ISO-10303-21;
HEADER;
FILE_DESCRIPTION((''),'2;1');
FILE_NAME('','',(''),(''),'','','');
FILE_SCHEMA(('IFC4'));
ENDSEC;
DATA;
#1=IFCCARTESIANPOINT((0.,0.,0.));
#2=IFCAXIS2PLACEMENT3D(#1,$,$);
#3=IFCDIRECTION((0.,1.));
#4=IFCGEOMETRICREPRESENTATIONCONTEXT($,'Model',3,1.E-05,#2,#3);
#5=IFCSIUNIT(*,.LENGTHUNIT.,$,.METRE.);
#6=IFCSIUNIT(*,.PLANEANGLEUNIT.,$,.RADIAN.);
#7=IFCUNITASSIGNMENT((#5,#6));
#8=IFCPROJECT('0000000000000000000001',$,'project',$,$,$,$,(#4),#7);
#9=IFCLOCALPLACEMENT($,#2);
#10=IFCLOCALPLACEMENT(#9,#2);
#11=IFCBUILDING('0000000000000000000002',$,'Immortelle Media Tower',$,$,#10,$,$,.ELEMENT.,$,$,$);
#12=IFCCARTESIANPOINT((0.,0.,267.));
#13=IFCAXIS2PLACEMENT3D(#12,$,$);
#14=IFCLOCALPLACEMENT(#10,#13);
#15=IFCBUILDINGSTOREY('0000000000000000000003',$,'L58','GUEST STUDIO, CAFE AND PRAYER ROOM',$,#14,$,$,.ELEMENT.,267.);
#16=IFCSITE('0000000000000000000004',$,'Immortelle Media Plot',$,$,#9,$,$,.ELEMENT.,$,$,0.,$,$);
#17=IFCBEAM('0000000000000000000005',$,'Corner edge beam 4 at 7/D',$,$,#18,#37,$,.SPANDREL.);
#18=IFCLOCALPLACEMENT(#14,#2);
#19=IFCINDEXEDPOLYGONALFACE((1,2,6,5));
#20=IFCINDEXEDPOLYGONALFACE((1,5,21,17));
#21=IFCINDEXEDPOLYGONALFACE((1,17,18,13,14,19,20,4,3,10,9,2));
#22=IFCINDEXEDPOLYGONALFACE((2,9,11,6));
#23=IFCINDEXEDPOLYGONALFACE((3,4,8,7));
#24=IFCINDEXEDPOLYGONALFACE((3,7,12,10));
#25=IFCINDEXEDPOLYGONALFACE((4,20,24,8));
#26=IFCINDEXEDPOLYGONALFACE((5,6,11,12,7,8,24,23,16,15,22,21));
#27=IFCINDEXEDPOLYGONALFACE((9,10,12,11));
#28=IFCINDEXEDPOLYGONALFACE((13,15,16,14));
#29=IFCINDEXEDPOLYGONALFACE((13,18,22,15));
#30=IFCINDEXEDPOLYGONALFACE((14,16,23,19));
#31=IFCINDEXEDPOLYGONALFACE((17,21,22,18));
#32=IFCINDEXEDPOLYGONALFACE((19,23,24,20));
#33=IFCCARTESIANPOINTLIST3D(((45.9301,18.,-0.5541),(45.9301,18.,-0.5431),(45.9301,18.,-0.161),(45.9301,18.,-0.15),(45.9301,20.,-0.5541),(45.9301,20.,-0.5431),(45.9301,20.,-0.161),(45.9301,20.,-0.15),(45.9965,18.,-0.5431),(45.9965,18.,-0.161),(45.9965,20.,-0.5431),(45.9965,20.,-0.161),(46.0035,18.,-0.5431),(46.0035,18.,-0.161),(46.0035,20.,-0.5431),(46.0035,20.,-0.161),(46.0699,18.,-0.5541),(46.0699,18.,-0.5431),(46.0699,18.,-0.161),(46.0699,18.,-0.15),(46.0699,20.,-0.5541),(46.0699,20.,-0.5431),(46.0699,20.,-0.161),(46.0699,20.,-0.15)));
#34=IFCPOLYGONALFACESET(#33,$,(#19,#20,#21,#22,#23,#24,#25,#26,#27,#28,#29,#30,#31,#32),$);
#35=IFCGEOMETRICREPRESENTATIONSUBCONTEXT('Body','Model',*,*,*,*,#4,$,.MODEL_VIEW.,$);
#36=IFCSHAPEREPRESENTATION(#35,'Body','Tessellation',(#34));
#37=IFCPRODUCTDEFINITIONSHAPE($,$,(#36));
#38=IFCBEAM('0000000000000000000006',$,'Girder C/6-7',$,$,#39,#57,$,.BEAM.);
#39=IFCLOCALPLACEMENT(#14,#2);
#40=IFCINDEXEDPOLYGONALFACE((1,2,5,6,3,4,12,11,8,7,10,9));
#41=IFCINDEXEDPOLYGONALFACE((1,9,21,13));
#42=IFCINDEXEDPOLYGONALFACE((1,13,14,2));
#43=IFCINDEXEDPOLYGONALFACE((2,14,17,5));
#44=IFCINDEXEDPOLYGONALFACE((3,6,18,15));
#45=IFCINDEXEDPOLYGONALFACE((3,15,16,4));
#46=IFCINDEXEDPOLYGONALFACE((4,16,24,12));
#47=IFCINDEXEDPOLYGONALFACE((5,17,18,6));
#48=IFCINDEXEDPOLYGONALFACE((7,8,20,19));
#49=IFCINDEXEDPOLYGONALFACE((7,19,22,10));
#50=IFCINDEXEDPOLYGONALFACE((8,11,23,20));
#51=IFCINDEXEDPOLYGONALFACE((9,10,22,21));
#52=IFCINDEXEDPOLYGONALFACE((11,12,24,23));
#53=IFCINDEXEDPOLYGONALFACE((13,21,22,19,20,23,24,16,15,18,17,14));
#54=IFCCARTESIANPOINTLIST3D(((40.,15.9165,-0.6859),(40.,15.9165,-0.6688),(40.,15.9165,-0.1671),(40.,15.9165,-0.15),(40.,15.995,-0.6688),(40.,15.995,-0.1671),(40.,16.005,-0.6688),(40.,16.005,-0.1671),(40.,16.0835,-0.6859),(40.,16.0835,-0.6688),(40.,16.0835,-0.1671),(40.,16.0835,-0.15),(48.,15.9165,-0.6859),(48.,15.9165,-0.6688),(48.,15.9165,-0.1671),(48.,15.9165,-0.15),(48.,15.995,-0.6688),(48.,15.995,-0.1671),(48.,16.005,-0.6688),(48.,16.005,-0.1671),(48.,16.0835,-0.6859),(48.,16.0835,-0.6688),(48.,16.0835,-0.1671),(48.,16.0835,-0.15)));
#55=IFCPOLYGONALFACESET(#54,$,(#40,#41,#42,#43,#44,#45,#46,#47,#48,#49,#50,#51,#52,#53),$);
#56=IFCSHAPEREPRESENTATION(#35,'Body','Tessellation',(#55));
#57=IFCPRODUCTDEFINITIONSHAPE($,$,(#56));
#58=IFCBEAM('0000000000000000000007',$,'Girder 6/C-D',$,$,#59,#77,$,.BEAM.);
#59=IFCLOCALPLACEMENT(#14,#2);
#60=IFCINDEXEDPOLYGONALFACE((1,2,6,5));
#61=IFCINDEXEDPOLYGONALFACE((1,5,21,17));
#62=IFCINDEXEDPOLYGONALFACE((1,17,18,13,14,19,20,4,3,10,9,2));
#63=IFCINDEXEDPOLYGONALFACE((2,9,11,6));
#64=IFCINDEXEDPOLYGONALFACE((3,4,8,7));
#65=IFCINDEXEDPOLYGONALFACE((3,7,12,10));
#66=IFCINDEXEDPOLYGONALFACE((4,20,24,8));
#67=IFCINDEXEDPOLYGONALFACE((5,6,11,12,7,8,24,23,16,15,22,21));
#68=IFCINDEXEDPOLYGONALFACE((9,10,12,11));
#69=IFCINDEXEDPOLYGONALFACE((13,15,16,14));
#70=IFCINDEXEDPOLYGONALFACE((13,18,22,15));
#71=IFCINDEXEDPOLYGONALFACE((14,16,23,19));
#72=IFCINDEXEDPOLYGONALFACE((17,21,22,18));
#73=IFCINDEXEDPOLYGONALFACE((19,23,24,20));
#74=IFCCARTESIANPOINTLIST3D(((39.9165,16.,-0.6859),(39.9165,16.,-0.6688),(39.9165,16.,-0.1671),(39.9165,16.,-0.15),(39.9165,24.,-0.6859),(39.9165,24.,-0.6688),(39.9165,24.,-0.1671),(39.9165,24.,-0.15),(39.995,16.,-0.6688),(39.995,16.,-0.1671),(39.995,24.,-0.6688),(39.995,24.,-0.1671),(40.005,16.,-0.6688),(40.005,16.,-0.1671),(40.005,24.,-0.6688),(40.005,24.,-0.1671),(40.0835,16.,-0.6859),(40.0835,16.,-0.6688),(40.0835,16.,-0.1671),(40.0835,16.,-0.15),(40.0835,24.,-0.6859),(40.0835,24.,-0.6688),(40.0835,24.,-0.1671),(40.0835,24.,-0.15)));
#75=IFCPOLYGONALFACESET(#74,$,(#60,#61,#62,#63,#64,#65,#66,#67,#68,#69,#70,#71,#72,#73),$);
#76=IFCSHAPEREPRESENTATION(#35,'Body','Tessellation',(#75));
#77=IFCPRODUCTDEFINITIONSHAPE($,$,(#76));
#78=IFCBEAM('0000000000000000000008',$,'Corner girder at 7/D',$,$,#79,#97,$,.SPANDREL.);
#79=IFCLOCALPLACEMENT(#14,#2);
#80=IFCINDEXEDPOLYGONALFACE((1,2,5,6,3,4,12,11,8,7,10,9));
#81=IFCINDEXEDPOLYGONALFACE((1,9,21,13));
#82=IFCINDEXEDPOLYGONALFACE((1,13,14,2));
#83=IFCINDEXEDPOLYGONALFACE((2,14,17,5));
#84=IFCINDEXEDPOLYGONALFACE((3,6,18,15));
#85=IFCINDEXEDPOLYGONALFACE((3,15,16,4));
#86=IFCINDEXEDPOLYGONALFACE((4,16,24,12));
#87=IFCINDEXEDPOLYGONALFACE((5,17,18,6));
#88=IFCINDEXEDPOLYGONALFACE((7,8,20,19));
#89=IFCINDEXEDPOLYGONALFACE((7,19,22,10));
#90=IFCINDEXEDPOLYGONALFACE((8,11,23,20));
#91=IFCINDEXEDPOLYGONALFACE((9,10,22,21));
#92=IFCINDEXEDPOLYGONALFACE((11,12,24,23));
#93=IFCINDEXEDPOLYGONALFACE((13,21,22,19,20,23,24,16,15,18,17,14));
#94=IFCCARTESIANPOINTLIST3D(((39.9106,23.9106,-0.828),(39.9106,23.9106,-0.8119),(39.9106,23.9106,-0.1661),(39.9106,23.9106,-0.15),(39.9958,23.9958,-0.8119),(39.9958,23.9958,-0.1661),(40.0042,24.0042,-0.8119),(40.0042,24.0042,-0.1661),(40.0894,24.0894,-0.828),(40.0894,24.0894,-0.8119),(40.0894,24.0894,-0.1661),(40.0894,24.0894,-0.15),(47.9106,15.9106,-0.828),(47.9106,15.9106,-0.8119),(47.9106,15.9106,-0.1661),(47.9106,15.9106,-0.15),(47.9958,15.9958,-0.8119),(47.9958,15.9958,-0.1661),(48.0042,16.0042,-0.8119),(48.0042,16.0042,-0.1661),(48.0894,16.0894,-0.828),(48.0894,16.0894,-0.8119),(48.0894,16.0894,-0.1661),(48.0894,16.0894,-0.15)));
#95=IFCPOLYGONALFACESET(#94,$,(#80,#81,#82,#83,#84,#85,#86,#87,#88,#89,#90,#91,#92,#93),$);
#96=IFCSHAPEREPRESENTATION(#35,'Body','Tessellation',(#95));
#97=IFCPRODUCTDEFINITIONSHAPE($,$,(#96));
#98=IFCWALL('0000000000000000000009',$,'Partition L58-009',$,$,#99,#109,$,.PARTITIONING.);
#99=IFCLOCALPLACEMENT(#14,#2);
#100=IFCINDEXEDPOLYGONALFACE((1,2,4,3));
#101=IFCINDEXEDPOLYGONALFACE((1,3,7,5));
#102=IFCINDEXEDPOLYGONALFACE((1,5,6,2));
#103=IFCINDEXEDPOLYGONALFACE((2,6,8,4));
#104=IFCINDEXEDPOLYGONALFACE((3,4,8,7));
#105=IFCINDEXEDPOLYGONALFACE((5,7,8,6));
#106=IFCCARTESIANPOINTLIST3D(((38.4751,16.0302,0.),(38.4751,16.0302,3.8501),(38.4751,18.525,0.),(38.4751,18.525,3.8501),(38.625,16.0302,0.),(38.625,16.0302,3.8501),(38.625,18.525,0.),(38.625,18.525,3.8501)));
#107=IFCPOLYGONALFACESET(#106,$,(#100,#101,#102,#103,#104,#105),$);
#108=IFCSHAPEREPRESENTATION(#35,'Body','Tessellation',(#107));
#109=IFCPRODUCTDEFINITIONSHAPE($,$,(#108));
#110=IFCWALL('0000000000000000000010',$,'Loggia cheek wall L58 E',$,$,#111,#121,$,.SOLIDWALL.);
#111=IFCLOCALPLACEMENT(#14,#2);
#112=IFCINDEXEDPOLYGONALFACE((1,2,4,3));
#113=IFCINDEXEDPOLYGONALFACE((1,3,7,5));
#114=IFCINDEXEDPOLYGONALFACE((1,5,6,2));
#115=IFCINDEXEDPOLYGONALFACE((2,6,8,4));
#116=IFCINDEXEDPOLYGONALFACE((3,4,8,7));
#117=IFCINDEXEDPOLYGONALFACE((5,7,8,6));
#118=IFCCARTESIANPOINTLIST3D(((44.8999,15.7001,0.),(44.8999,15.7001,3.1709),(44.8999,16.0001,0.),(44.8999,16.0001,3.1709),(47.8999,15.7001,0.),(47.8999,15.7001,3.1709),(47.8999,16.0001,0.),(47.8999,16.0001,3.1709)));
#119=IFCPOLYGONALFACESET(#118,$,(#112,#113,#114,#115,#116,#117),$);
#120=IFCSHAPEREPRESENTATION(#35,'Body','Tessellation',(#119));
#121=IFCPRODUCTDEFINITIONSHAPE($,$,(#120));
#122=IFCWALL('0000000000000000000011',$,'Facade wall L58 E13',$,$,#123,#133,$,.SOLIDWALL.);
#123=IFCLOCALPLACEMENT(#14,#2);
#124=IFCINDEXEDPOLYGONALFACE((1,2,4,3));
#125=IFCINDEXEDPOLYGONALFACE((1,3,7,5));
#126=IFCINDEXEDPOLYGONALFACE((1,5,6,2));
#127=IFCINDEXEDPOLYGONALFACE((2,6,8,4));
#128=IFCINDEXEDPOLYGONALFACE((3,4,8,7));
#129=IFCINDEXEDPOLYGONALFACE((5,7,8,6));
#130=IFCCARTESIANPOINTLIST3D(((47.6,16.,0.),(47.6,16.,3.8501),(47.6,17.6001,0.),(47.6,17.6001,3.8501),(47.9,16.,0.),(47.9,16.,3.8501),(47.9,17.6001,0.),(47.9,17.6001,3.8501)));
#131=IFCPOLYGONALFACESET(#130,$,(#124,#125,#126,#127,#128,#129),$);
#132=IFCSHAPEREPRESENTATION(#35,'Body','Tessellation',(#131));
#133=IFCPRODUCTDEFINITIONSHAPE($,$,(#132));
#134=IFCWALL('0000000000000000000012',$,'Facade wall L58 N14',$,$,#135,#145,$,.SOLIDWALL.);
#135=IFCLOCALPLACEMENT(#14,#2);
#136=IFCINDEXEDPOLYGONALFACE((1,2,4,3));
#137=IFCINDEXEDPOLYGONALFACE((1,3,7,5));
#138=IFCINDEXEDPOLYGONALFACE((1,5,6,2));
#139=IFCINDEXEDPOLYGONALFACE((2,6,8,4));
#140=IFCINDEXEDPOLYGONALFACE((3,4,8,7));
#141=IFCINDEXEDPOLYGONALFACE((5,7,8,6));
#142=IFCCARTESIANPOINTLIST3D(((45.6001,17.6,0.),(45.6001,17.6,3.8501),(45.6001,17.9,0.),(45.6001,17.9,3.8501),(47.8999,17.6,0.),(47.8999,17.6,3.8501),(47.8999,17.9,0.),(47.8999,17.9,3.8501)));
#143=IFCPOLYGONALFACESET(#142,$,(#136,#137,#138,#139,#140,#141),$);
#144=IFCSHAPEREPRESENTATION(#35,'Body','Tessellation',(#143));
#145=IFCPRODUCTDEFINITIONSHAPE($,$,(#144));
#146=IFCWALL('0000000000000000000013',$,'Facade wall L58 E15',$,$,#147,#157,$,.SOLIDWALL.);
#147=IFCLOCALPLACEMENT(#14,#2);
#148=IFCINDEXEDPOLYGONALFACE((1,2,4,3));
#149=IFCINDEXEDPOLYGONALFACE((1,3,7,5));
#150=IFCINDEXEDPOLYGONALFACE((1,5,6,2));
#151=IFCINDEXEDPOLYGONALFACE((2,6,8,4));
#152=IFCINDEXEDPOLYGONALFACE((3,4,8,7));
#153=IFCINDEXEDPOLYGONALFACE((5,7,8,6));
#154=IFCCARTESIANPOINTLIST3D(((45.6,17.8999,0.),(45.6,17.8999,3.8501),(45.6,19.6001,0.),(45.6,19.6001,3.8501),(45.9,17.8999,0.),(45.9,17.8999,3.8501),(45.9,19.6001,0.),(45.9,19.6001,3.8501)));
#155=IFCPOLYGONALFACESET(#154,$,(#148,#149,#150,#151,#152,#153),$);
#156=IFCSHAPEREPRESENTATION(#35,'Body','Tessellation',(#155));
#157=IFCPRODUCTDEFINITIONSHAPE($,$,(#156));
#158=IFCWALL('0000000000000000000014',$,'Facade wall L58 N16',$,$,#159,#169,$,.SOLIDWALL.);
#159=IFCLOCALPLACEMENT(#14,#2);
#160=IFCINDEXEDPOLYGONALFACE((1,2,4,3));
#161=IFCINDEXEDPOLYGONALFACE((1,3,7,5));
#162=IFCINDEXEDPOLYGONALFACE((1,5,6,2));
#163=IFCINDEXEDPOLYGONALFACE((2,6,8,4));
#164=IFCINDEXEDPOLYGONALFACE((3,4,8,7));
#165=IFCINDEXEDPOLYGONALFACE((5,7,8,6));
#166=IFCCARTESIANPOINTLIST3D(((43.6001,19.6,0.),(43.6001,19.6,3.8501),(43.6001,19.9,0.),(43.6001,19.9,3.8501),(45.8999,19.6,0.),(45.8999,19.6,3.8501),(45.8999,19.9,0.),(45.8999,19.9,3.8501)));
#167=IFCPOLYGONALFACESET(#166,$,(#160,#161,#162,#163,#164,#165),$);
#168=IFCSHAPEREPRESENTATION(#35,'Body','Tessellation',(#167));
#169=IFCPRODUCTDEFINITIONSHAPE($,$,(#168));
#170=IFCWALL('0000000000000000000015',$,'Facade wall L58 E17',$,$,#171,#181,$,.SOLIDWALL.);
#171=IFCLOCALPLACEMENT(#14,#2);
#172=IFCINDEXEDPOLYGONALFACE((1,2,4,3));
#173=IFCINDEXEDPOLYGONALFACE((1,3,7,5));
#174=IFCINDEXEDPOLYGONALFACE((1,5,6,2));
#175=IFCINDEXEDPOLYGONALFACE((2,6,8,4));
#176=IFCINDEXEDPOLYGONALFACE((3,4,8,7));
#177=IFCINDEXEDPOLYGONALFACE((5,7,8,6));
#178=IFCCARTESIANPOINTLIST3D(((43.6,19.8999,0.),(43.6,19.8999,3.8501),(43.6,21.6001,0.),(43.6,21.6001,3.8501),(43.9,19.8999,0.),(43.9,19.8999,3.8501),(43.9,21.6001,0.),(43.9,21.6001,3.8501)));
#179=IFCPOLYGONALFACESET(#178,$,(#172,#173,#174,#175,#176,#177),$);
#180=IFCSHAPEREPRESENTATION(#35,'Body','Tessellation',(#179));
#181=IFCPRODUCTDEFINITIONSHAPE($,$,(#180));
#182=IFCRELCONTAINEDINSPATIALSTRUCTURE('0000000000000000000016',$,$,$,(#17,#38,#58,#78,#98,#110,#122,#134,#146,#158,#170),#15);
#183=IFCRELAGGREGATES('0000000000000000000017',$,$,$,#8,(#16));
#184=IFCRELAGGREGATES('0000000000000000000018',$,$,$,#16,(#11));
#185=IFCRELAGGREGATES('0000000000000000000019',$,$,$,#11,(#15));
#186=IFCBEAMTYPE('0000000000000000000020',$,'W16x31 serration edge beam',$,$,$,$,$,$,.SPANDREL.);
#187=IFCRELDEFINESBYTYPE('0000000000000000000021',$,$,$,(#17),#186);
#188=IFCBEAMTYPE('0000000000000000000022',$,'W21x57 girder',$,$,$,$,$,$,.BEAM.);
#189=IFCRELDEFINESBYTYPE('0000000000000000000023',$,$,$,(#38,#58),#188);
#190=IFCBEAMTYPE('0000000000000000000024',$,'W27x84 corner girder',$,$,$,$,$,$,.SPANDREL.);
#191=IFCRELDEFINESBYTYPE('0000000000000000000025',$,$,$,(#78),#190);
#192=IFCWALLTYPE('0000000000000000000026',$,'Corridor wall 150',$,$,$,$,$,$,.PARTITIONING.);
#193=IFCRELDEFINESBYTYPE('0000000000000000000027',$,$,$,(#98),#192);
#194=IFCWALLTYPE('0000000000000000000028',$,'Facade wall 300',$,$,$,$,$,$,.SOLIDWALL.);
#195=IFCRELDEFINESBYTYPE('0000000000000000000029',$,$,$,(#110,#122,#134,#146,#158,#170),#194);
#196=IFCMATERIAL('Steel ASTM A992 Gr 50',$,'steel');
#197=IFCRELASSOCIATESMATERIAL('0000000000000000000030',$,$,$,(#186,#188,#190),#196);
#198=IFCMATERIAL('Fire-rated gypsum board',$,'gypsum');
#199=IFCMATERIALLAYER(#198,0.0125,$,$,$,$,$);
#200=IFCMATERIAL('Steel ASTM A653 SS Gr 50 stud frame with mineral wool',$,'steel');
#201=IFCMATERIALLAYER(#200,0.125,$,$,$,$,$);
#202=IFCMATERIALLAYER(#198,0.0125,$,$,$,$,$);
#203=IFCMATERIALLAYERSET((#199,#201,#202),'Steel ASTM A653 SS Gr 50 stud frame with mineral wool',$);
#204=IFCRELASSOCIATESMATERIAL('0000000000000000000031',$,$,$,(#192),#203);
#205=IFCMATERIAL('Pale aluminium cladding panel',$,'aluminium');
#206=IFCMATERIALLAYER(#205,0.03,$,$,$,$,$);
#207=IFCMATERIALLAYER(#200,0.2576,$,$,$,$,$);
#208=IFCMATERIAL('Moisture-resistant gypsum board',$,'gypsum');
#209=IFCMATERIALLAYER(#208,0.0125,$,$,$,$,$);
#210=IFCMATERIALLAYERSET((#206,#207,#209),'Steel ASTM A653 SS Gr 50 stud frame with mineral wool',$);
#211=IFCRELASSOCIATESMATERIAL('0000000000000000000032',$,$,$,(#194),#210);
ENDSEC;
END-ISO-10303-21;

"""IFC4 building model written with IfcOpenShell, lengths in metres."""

from ifc_helpers import new_model, si_unit, direction, frame, frame_2d, origin, origin_2d, place, context, subcontext, project, spatial, rectangle, i_section, extrude, material, layer, layer_set, material_profile, profile_set, type_object, element, save


model = new_model("IFC4")

# Units and contexts
model_context = context("Model", 3, precision=1e-05, world=origin(), true_north=direction((0.0, 1.0)))
body_context = subcontext(model_context, "Body", "Model", "MODEL_VIEW")
ifc_project = project(units=[si_unit("LENGTHUNIT", "METRE"), si_unit("PLANEANGLEUNIT", "RADIAN")], contexts=[model_context])

# Site, building, storey
site_placement = place(None, origin())
site = spatial("IfcSite", under=ifc_project, at=site_placement, Name="Immortelle Media Plot", CompositionType="ELEMENT", RefElevation=0.0)
building_placement = place(site_placement, origin())
building = spatial("IfcBuilding", under=site, at=building_placement, Name="Immortelle Media Tower", CompositionType="ELEMENT")
storey_placement = place(building_placement, frame((0.0, 0.0, 267.0)))
storey = spatial("IfcBuildingStorey", under=building, at=storey_placement, Name="L58", Description="GUEST STUDIO, CAFE AND PRAYER ROOM", CompositionType="ELEMENT", Elevation=267.0)

# Shared definitions
ifc_material_1 = material(Name="Steel ASTM A992 Gr 50", Category="steel")

# Beams
ifc_material_profile_1 = material_profile(ifc_material_1, i_section(OverallWidth=0.1399, OverallDepth=0.4041, WebThickness=0.0071, FlangeThickness=0.011, at=origin_2d()), Name="W16x31")
ifc_profile_set_1 = profile_set([ifc_material_profile_1], Name="Steel ASTM A992 Gr 50")
beam_type_1 = type_object("IfcBeamType", Name="W16x31 serration edge beam", PredefinedType="SPANDREL", material=ifc_profile_set_1)
for number, where, z_axis, x_axis, name in (
    (1, (46.0, 20.0, -0.3521), (0.0, -1.0, 0.0), (1.0, 0.0, 0.0), "Corner edge beam 4 at 7/D"),
):
    element("IfcBeam", number, at=place(storey_placement, frame(where, z_axis=z_axis, x_axis=x_axis)), inside=storey, type_object=beam_type_1, Name=name, PredefinedType="SPANDREL", context=body_context, shape_type="SweptSolid", body=[
        extrude(i_section(OverallWidth=0.1399, OverallDepth=0.4041, WebThickness=0.0071, FlangeThickness=0.011, at=origin_2d()), origin(), (0.0, 0.0, 1.0), 2.0),
    ])
ifc_material_profile_2 = material_profile(ifc_material_1, i_section(OverallWidth=0.167, OverallDepth=0.5359, WebThickness=0.01, FlangeThickness=0.0171, at=origin_2d()), Name="W21x57")
ifc_profile_set_2 = profile_set([ifc_material_profile_2], Name="Steel ASTM A992 Gr 50")
beam_type_2 = type_object("IfcBeamType", Name="W21x57 girder", PredefinedType="BEAM", material=ifc_profile_set_2)
for number, where, z_axis, x_axis, name in (
    (2, (40.0, 16.0, -0.418), (1.0, 0.0, 0.0), (0.0, 1.0, 0.0), "Girder C/6-7"),
    (3, (40.0, 16.0, -0.418), (0.0, 1.0, 0.0), (-1.0, 0.0, 0.0), "Girder 6/C-D"),
):
    element("IfcBeam", number, at=place(storey_placement, frame(where, z_axis=z_axis, x_axis=x_axis)), inside=storey, type_object=beam_type_2, Name=name, PredefinedType="BEAM", context=body_context, shape_type="SweptSolid", body=[
        extrude(i_section(OverallWidth=0.167, OverallDepth=0.5359, WebThickness=0.01, FlangeThickness=0.0171, at=origin_2d()), origin(), (0.0, 0.0, 1.0), 8.0),
    ])
ifc_material_profile_3 = material_profile(ifc_material_1, i_section(OverallWidth=0.2529, OverallDepth=0.678, WebThickness=0.012, FlangeThickness=0.0161, at=origin_2d()), Name="W27x84")
ifc_profile_set_3 = profile_set([ifc_material_profile_3], Name="Steel ASTM A992 Gr 50")
beam_type_3 = type_object("IfcBeamType", Name="W27x84 corner girder", PredefinedType="SPANDREL", material=ifc_profile_set_3)
beam_1_placement = place(storey_placement, frame((40.0, 24.0, -0.489), z_axis=(0.707107, -0.707107, 0.0), x_axis=(0.707107, 0.707107, 0.0)))
element("IfcBeam", 4, at=beam_1_placement, inside=storey, type_object=beam_type_3, Name="Corner girder at 7/D", PredefinedType="SPANDREL", context=body_context, shape_type="SweptSolid", body=[
    extrude(i_section(OverallWidth=0.2529, OverallDepth=0.678, WebThickness=0.012, FlangeThickness=0.0161, at=origin_2d()), origin(), (0.0, 0.0, 1.0), 11.3137),
])

# Walls
ifc_material_2 = material(Name="Fire-rated gypsum board", Category="gypsum")
ifc_layer_1 = layer(ifc_material_2, 0.0125)
ifc_material_3 = material(Name="Steel ASTM A653 SS Gr 50 stud frame with mineral wool", Category="steel")
ifc_layer_2 = layer(ifc_material_3, 0.125)
ifc_layer_3 = layer(ifc_material_2, 0.0125)
ifc_layer_set_1 = layer_set([ifc_layer_1, ifc_layer_2, ifc_layer_3], Name="Steel ASTM A653 SS Gr 50 stud frame with mineral wool")
wall_type_1 = type_object("IfcWallType", Name="Corridor wall 150", PredefinedType="PARTITIONING", material=ifc_layer_set_1)
wall_1_placement = place(storey_placement, frame((38.55, 16.03, 0.0), z_axis=(0.0, 0.0, 1.0), x_axis=(0.0, 1.0, 0.0)))
element("IfcWall", 5, at=wall_1_placement, inside=storey, type_object=wall_type_1, Name="Partition L58-009", PredefinedType="PARTITIONING", context=body_context, shape_type="SweptSolid", body=[
    extrude(rectangle(XDim=2.4949, YDim=0.1499, at=frame_2d((1.2476, 0.0))), origin(), (0.0, 0.0, 1.0), 3.8501),
])
ifc_material_4 = material(Name="Pale aluminium cladding panel", Category="aluminium")
ifc_layer_4 = layer(ifc_material_4, 0.03)
ifc_layer_5 = layer(ifc_material_3, 0.2576)
ifc_material_5 = material(Name="Moisture-resistant gypsum board", Category="gypsum")
ifc_layer_6 = layer(ifc_material_5, 0.0125)
ifc_layer_set_2 = layer_set([ifc_layer_4, ifc_layer_5, ifc_layer_6], Name="Steel ASTM A653 SS Gr 50 stud frame with mineral wool")
wall_type_2 = type_object("IfcWallType", Name="Facade wall 300", PredefinedType="SOLIDWALL", material=ifc_layer_set_2)
wall_2_placement = place(storey_placement, frame((47.8999, 15.8501, 0.0), z_axis=(0.0, 0.0, 1.0), x_axis=(-1.0, 0.0, 0.0)))
element("IfcWall", 6, at=wall_2_placement, inside=storey, type_object=wall_type_2, Name="Loggia cheek wall L58 E", PredefinedType="SOLIDWALL", context=body_context, shape_type="SweptSolid", body=[
    extrude(rectangle(XDim=3.0, YDim=0.3, at=frame_2d((1.5, 0.0))), origin(), (0.0, 0.0, 1.0), 3.1709),
])
wall_3_placement = place(storey_placement, frame((47.75, 16.0, 0.0), z_axis=(0.0, 0.0, 1.0), x_axis=(0.0, 1.0, 0.0)))
element("IfcWall", 7, at=wall_3_placement, inside=storey, type_object=wall_type_2, Name="Facade wall L58 E13", PredefinedType="SOLIDWALL", context=body_context, shape_type="SweptSolid", body=[
    extrude(rectangle(XDim=1.6001, YDim=0.3, at=frame_2d((0.8, 0.0))), origin(), (0.0, 0.0, 1.0), 3.8501),
])
wall_4_placement = place(storey_placement, frame((47.8999, 17.75, 0.0), z_axis=(0.0, 0.0, 1.0), x_axis=(-1.0, 0.0, 0.0)))
element("IfcWall", 8, at=wall_4_placement, inside=storey, type_object=wall_type_2, Name="Facade wall L58 N14", PredefinedType="SOLIDWALL", context=body_context, shape_type="SweptSolid", body=[
    extrude(rectangle(XDim=2.2998, YDim=0.3, at=frame_2d((1.1499, 0.0))), origin(), (0.0, 0.0, 1.0), 3.8501),
])
wall_5_placement = place(storey_placement, frame((45.75, 17.8999, 0.0), z_axis=(0.0, 0.0, 1.0), x_axis=(0.0, 1.0, 0.0)))
element("IfcWall", 9, at=wall_5_placement, inside=storey, type_object=wall_type_2, Name="Facade wall L58 E15", PredefinedType="SOLIDWALL", context=body_context, shape_type="SweptSolid", body=[
    extrude(rectangle(XDim=1.7002, YDim=0.3, at=frame_2d((0.8501, 0.0))), origin(), (0.0, 0.0, 1.0), 3.8501),
])
wall_6_placement = place(storey_placement, frame((45.8999, 19.75, 0.0), z_axis=(0.0, 0.0, 1.0), x_axis=(-1.0, 0.0, 0.0)))
element("IfcWall", 10, at=wall_6_placement, inside=storey, type_object=wall_type_2, Name="Facade wall L58 N16", PredefinedType="SOLIDWALL", context=body_context, shape_type="SweptSolid", body=[
    extrude(rectangle(XDim=2.2998, YDim=0.3, at=frame_2d((1.1499, 0.0))), origin(), (0.0, 0.0, 1.0), 3.8501),
])
wall_7_placement = place(storey_placement, frame((43.75, 19.8999, 0.0), z_axis=(0.0, 0.0, 1.0), x_axis=(0.0, 1.0, 0.0)))
element("IfcWall", 11, at=wall_7_placement, inside=storey, type_object=wall_type_2, Name="Facade wall L58 E17", PredefinedType="SOLIDWALL", context=body_context, shape_type="SweptSolid", body=[
    extrude(rectangle(XDim=1.7002, YDim=0.3, at=frame_2d((0.8501, 0.0))), origin(), (0.0, 0.0, 1.0), 3.8501),
])

save(model, "model.ifc")
